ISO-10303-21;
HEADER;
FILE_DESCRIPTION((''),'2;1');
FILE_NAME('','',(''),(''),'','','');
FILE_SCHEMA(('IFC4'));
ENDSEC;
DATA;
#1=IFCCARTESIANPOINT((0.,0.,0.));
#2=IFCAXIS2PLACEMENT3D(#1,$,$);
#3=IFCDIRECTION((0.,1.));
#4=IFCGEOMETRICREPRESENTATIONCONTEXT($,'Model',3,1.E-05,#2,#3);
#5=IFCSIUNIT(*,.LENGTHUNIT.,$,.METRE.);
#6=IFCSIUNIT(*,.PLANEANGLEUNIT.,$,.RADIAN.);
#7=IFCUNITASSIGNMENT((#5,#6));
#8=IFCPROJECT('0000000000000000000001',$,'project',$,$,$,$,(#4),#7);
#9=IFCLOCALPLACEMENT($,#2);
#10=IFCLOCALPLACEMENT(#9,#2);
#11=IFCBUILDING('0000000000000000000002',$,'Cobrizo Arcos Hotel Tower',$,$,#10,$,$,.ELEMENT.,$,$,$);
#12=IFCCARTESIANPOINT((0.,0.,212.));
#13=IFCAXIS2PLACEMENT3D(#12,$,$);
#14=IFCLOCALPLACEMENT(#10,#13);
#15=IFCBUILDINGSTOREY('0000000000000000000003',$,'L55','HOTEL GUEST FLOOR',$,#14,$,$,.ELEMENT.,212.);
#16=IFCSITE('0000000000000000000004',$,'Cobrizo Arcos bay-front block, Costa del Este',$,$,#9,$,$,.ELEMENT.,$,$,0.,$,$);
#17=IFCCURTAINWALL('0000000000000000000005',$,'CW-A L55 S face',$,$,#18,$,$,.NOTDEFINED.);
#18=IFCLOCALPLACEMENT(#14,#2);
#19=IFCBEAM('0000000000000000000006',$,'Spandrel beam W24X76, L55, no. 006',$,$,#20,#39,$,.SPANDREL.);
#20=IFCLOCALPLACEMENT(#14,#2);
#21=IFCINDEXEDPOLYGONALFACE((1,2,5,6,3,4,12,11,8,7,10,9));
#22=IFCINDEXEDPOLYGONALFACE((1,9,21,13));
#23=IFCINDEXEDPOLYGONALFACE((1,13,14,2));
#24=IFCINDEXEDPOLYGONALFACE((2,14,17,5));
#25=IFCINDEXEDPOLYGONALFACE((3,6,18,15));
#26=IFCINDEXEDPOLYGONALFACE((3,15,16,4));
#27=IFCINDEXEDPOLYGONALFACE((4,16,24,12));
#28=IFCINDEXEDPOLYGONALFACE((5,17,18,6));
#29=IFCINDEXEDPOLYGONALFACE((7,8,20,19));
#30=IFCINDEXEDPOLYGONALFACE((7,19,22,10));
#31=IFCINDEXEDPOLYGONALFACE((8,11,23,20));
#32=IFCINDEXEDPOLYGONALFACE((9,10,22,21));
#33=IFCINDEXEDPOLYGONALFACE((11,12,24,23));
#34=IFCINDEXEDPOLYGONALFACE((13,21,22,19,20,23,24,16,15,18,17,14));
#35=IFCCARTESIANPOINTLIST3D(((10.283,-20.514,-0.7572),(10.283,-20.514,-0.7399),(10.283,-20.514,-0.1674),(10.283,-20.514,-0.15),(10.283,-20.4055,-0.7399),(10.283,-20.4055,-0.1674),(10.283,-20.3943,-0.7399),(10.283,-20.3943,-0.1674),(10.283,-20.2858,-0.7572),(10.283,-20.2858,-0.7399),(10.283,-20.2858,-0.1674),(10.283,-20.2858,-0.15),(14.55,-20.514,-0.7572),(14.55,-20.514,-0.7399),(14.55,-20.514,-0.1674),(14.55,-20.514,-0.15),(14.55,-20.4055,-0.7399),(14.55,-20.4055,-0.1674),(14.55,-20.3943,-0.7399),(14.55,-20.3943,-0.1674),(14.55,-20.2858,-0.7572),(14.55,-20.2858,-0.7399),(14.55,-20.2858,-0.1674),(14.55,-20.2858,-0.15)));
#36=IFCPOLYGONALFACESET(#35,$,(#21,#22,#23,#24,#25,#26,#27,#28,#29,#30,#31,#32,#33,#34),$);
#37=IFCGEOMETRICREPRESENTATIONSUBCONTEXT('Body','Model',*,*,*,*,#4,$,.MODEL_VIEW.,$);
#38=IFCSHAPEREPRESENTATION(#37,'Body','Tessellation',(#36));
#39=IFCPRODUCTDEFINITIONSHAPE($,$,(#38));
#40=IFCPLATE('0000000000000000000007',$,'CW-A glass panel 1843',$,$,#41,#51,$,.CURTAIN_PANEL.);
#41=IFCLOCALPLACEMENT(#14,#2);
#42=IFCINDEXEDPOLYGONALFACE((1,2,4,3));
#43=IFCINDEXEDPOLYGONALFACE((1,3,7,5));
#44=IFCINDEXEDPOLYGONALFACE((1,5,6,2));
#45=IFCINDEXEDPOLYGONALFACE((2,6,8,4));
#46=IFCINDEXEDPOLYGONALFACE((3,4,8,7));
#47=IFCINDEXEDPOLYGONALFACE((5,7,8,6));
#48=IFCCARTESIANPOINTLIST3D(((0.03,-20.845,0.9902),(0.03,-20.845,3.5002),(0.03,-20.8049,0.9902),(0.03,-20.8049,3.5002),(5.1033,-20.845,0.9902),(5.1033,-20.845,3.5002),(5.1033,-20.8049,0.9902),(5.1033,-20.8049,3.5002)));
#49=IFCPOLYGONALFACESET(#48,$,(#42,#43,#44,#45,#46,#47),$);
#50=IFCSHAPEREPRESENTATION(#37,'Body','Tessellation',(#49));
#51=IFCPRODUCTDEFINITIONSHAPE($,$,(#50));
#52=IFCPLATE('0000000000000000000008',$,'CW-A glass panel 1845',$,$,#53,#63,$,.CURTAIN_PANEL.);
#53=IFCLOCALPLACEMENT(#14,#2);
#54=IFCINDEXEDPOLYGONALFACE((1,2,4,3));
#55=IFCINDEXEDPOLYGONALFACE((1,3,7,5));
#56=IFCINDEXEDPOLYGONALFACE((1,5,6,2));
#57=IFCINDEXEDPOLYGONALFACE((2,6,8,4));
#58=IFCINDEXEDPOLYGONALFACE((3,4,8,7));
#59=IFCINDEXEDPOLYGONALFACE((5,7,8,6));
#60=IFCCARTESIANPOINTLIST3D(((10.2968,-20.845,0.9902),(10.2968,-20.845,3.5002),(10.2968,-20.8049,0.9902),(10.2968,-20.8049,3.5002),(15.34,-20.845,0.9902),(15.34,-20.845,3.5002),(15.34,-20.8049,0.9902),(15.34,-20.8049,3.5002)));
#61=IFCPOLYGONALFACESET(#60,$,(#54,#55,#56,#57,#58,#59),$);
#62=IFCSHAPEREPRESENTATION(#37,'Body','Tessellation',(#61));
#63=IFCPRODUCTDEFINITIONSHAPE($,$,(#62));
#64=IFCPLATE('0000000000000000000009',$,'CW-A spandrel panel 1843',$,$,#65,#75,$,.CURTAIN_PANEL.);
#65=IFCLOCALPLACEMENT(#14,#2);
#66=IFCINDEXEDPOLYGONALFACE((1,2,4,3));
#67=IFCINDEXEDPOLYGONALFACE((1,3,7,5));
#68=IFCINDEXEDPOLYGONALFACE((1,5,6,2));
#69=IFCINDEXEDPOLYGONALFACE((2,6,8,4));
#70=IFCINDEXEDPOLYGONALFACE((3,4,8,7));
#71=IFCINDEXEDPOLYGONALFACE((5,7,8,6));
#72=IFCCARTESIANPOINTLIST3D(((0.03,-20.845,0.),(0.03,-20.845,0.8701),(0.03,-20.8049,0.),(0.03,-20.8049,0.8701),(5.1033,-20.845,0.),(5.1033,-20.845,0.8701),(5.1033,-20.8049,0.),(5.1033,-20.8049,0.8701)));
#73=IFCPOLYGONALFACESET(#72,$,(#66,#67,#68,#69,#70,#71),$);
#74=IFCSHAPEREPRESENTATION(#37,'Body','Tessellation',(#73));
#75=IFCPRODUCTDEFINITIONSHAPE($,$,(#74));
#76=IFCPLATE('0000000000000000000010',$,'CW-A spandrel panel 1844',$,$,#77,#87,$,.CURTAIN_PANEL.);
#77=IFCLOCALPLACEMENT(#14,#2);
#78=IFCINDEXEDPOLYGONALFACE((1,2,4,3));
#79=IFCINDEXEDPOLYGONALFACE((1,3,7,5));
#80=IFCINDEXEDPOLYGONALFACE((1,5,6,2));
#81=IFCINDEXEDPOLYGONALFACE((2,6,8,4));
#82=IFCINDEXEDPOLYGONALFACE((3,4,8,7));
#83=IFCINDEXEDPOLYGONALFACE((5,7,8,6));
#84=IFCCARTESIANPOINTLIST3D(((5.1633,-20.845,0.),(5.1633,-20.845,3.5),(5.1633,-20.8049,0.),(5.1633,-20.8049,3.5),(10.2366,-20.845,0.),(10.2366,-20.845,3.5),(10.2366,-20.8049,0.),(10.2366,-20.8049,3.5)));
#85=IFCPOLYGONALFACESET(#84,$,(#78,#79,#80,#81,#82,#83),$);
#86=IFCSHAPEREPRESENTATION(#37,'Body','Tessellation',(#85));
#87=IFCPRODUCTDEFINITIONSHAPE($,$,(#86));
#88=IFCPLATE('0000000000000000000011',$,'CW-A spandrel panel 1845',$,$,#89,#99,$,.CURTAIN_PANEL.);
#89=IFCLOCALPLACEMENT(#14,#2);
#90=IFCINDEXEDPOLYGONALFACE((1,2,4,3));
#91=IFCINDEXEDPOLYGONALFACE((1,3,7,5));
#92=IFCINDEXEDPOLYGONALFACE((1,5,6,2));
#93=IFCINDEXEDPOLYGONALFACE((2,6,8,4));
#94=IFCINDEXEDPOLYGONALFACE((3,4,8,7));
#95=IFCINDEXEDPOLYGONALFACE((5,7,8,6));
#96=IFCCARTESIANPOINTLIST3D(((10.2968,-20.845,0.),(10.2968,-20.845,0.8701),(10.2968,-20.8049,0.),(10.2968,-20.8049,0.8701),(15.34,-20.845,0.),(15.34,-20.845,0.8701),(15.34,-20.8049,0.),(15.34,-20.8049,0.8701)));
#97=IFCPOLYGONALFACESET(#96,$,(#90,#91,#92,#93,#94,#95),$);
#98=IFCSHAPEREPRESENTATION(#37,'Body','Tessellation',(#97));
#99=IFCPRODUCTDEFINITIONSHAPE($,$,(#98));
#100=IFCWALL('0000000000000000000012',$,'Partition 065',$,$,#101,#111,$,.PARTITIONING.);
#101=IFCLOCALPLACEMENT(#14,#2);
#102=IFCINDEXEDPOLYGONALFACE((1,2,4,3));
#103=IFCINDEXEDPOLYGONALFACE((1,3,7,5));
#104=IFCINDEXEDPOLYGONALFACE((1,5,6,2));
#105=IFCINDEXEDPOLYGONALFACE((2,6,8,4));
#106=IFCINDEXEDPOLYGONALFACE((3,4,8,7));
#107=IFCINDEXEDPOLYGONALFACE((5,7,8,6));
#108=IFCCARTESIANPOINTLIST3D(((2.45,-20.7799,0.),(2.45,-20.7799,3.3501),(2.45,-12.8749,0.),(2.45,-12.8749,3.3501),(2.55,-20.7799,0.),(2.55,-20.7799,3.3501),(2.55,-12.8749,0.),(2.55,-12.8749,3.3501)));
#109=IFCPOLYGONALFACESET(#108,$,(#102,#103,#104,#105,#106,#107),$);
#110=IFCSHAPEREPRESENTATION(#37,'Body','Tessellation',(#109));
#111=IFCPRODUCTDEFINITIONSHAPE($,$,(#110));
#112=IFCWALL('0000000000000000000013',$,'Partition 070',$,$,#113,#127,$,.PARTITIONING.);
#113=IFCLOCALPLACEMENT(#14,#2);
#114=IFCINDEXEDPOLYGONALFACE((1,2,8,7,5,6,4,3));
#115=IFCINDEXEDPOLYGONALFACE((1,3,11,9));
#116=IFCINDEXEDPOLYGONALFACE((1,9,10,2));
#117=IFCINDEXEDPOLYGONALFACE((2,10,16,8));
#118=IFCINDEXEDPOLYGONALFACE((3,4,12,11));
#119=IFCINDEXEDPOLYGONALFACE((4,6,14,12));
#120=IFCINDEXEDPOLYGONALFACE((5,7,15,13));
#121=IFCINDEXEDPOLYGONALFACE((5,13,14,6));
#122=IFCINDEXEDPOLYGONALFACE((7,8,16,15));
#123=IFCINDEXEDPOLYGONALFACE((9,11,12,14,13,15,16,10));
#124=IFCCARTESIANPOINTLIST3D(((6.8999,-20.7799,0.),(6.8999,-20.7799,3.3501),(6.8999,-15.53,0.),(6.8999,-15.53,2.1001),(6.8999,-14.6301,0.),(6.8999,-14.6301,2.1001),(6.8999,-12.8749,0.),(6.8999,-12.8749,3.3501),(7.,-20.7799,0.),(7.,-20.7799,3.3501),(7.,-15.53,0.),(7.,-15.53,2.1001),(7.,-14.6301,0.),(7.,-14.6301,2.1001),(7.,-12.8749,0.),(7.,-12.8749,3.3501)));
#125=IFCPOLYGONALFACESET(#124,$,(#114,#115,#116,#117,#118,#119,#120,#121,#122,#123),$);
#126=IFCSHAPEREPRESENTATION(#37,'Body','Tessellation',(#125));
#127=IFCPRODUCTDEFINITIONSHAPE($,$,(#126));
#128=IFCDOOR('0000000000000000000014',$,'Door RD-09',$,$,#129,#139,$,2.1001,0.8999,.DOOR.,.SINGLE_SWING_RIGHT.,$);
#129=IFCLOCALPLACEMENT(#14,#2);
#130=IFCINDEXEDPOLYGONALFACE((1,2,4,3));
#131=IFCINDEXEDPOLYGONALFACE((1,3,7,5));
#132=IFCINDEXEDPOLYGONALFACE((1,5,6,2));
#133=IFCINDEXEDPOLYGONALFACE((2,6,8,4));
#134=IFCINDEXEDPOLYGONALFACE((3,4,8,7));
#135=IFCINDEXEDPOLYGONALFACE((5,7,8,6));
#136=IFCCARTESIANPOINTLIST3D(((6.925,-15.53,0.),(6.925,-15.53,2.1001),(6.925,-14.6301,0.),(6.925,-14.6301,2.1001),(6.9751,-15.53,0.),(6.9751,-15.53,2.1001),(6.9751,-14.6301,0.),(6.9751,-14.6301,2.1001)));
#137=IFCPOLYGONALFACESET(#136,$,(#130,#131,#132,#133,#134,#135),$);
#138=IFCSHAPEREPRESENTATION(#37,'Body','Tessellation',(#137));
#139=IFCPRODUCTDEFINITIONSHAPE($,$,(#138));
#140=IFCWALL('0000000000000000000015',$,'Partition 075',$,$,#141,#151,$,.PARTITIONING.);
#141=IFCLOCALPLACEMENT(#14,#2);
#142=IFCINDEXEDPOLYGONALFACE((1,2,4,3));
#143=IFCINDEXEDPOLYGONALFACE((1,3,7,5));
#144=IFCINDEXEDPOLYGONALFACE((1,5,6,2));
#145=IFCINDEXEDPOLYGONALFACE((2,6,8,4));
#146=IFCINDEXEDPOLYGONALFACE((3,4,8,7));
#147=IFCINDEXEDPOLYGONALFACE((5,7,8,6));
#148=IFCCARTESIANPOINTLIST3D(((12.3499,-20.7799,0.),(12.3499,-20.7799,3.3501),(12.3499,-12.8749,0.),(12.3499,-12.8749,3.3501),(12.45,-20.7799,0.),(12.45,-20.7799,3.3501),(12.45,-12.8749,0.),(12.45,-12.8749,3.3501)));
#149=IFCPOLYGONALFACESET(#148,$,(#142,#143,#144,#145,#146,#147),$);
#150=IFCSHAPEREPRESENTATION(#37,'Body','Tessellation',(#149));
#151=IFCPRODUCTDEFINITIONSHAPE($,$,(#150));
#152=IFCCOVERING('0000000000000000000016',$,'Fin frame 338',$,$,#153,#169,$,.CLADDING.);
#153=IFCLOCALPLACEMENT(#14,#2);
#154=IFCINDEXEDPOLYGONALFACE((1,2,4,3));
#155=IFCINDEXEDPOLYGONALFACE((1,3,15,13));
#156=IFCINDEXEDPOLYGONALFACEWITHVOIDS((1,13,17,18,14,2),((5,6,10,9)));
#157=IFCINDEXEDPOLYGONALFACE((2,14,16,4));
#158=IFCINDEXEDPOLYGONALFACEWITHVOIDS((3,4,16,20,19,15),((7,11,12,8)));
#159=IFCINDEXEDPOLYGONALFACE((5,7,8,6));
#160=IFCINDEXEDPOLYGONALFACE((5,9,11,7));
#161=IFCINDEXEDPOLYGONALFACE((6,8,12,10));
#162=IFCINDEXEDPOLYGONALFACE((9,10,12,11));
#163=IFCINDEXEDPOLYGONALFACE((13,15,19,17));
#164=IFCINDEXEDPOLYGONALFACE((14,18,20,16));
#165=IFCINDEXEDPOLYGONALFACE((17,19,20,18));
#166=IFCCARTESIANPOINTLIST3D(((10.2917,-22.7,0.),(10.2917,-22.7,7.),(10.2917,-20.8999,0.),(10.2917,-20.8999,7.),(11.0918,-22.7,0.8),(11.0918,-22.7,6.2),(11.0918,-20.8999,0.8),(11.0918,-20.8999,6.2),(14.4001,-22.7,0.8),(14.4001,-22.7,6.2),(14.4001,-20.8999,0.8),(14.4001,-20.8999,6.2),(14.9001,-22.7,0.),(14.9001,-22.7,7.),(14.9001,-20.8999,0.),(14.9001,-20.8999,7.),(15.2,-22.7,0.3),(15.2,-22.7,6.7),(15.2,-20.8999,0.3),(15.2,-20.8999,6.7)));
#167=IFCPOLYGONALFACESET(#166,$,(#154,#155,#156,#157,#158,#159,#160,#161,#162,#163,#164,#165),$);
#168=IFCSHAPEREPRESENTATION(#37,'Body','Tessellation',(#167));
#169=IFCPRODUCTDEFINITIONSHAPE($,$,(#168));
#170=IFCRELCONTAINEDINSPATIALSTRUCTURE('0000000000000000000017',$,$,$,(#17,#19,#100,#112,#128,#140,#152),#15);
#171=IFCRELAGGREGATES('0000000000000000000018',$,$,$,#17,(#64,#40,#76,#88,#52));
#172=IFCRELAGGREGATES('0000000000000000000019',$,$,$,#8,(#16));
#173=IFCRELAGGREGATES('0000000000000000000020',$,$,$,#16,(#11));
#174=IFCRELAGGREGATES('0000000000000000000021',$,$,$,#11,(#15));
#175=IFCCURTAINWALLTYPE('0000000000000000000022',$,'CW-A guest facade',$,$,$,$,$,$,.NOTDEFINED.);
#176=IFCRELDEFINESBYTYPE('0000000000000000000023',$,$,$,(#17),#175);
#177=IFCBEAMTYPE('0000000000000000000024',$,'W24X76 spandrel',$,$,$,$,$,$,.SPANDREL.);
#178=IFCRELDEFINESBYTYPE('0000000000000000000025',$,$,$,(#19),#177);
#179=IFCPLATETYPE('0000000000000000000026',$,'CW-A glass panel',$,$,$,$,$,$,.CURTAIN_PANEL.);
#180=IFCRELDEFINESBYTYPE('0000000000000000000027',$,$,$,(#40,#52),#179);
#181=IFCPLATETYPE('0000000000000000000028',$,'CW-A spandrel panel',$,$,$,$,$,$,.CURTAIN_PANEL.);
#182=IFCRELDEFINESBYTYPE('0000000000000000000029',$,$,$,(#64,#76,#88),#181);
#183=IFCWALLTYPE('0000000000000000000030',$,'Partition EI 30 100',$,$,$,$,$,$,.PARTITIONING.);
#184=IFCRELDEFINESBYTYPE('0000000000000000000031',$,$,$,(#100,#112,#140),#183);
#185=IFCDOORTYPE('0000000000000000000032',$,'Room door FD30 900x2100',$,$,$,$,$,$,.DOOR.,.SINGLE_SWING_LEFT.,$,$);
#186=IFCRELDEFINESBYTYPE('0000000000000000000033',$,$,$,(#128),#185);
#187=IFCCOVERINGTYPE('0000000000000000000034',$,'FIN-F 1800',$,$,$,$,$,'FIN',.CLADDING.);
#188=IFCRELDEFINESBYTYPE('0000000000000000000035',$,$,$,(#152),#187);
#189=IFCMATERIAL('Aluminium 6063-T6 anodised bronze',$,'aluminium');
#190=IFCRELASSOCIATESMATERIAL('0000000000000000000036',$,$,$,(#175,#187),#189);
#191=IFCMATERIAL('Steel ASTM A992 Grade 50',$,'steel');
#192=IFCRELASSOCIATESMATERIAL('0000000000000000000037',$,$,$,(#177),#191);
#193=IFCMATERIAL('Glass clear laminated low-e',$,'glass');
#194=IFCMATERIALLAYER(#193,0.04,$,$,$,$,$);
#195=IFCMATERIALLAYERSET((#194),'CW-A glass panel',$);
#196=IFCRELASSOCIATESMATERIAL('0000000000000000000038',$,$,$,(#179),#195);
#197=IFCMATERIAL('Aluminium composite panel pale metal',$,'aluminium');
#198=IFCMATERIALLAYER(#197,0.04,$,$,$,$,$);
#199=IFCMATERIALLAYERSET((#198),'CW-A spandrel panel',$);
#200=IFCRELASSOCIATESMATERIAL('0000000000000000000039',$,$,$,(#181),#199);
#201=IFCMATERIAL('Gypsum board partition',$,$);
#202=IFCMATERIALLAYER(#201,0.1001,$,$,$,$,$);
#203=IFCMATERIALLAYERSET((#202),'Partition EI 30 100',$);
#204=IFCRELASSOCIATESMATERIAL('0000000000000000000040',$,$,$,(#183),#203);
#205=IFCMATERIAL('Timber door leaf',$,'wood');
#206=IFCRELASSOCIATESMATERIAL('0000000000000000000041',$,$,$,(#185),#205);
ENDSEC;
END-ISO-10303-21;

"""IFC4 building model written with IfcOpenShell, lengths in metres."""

from ifc_helpers import new_model, si_unit, direction, frame, frame_2d, origin, origin_2d, place, context, subcontext, project, spatial, polyline, rectangle, i_section, outline, extrude, material, layer, layer_set, material_profile, profile_set, type_object, element, fill, aggregate, save


model = new_model("IFC4")

# Units and contexts
model_context = context("Model", 3, precision=1e-05, world=origin(), true_north=direction((0.0, 1.0)))
body_context = subcontext(model_context, "Body", "Model", "MODEL_VIEW")
ifc_project = project(units=[si_unit("LENGTHUNIT", "METRE"), si_unit("PLANEANGLEUNIT", "RADIAN")], contexts=[model_context])

# Site, building, storey
site_placement = place(None, origin())
site = spatial("IfcSite", under=ifc_project, at=site_placement, Name="Cobrizo Arcos bay-front block, Costa del Este", CompositionType="ELEMENT", RefElevation=0.0)
building_placement = place(site_placement, origin())
building = spatial("IfcBuilding", under=site, at=building_placement, Name="Cobrizo Arcos Hotel Tower", CompositionType="ELEMENT")
storey_placement = place(building_placement, frame((0.0, 0.0, 212.0)))
storey = spatial("IfcBuildingStorey", under=building, at=storey_placement, Name="L55", Description="HOTEL GUEST FLOOR", CompositionType="ELEMENT", Elevation=212.0)

# Curtain wall
ifc_material_1 = material(Name="Aluminium 6063-T6 anodised bronze", Category="aluminium")
curtain_wall_type = type_object("IfcCurtainWallType", Name="CW-A guest facade", PredefinedType="NOTDEFINED", material=ifc_material_1)
curtain_wall_placement = place(storey_placement, origin())
curtain_wall = element("IfcCurtainWall", 1, at=curtain_wall_placement, inside=storey, type_object=curtain_wall_type, Name="CW-A L55 S face", PredefinedType="NOTDEFINED")

# Beam
ifc_material_2 = material(Name="Steel ASTM A992 Grade 50", Category="steel")
ifc_material_profile_1 = material_profile(ifc_material_2, i_section(OverallWidth=0.2283, OverallDepth=0.6072, WebThickness=0.0112, FlangeThickness=0.0173, at=origin_2d()), Name="W24X76")
ifc_profile_set_1 = profile_set([ifc_material_profile_1], Name="Steel ASTM A992 Grade 50")
beam_type_1 = type_object("IfcBeamType", Name="W24X76 spandrel", PredefinedType="SPANDREL", material=ifc_profile_set_1)
beam_1_placement = place(storey_placement, frame((10.283, -20.3999, -0.4536), z_axis=(1.0, 0.0, 0.0), x_axis=(0.0, 1.0, 0.0)))
element("IfcBeam", 2, at=beam_1_placement, inside=storey, type_object=beam_type_1, Name="Spandrel beam W24X76, L55, no. 006", PredefinedType="SPANDREL", context=body_context, shape_type="SweptSolid", body=[
    extrude(i_section(OverallWidth=0.2283, OverallDepth=0.6072, WebThickness=0.0112, FlangeThickness=0.0173, at=origin_2d()), origin(), (0.0, 0.0, 1.0), 4.2671),
])

# Plates
ifc_material_3 = material(Name="Glass clear laminated low-e", Category="glass")
ifc_layer_1 = layer(ifc_material_3, 0.04)
ifc_layer_set_1 = layer_set([ifc_layer_1], Name="CW-A glass panel")
plate_type_1 = type_object("IfcPlateType", Name="CW-A glass panel", PredefinedType="CURTAIN_PANEL", material=ifc_layer_set_1)
plate_1_placement = place(storey_placement, frame((2.5667, -20.825, 0.9902), z_axis=(0.0, 0.0, 1.0), x_axis=(1.0, 0.0, 0.0)))
plate_1 = element("IfcPlate", 3, at=plate_1_placement, type_object=plate_type_1, Name="CW-A glass panel 1843", PredefinedType="CURTAIN_PANEL", context=body_context, shape_type="SweptSolid", body=[
    extrude(rectangle(XDim=5.0732, YDim=0.04, at=origin_2d()), origin(), (0.0, 0.0, 1.0), 2.51),
])
plate_2_placement = place(storey_placement, frame((12.8184, -20.825, 0.9902), z_axis=(0.0, 0.0, 1.0), x_axis=(1.0, 0.0, 0.0)))
plate_2 = element("IfcPlate", 4, at=plate_2_placement, type_object=plate_type_1, Name="CW-A glass panel 1845", PredefinedType="CURTAIN_PANEL", context=body_context, shape_type="SweptSolid", body=[
    extrude(rectangle(XDim=5.0432, YDim=0.04, at=origin_2d()), origin(), (0.0, 0.0, 1.0), 2.51),
])
ifc_material_4 = material(Name="Aluminium composite panel pale metal", Category="aluminium")
ifc_layer_2 = layer(ifc_material_4, 0.04)
ifc_layer_set_2 = layer_set([ifc_layer_2], Name="CW-A spandrel panel")
plate_type_2 = type_object("IfcPlateType", Name="CW-A spandrel panel", PredefinedType="CURTAIN_PANEL", material=ifc_layer_set_2)
plate_3_placement = place(storey_placement, frame((2.5667, -20.825, 0.0), z_axis=(0.0, 0.0, 1.0), x_axis=(1.0, 0.0, 0.0)))
plate_3 = element("IfcPlate", 5, at=plate_3_placement, type_object=plate_type_2, Name="CW-A spandrel panel 1843", PredefinedType="CURTAIN_PANEL", context=body_context, shape_type="SweptSolid", body=[
    extrude(rectangle(XDim=5.0732, YDim=0.04, at=origin_2d()), origin(), (0.0, 0.0, 1.0), 0.8701),
])
plate_4_placement = place(storey_placement, frame((7.7, -20.825, 0.0), z_axis=(0.0, 0.0, 1.0), x_axis=(1.0, 0.0, 0.0)))
plate_4 = element("IfcPlate", 6, at=plate_4_placement, type_object=plate_type_2, Name="CW-A spandrel panel 1844", PredefinedType="CURTAIN_PANEL", context=body_context, shape_type="SweptSolid", body=[
    extrude(rectangle(XDim=5.0732, YDim=0.04, at=origin_2d()), origin(), (0.0, 0.0, 1.0), 3.5),
])
plate_5_placement = place(storey_placement, frame((12.8184, -20.825, 0.0), z_axis=(0.0, 0.0, 1.0), x_axis=(1.0, 0.0, 0.0)))
plate_5 = element("IfcPlate", 7, at=plate_5_placement, type_object=plate_type_2, Name="CW-A spandrel panel 1845", PredefinedType="CURTAIN_PANEL", context=body_context, shape_type="SweptSolid", body=[
    extrude(rectangle(XDim=5.0432, YDim=0.04, at=origin_2d()), origin(), (0.0, 0.0, 1.0), 0.8701),
])
aggregate(curtain_wall, [plate_3, plate_1, plate_4, plate_5, plate_2])

# Wall
ifc_material_5 = material(Name="Gypsum board partition")
ifc_layer_3 = layer(ifc_material_5, 0.1001)
ifc_layer_set_3 = layer_set([ifc_layer_3], Name="Partition EI 30 100")
wall_type = type_object("IfcWallType", Name="Partition EI 30 100", PredefinedType="PARTITIONING", material=ifc_layer_set_3)
wall_1_placement = place(storey_placement, frame((2.5, -20.78, 0.0), z_axis=(0.0, 0.0, 1.0), x_axis=(0.0, 1.0, 0.0)))
element("IfcWall", 8, at=wall_1_placement, inside=storey, type_object=wall_type, Name="Partition 065", PredefinedType="PARTITIONING", context=body_context, shape_type="SweptSolid", body=[
    extrude(rectangle(XDim=7.905, YDim=0.1001, at=frame_2d((3.9526, 0.0))), origin(), (0.0, 0.0, 1.0), 3.3501),
])

# Wall, opening, door
wall_2_placement = place(storey_placement, frame((6.95, -20.78, 0.0), z_axis=(0.0, 0.0, 1.0), x_axis=(0.0, 1.0, 0.0)))
wall_2 = element("IfcWall", 9, at=wall_2_placement, inside=storey, type_object=wall_type, Name="Partition 070", PredefinedType="PARTITIONING", context=body_context, shape_type="SweptSolid", body=[
    extrude(rectangle(XDim=7.905, YDim=0.1001, at=frame_2d((3.9526, 0.0))), origin(), (0.0, 0.0, 1.0), 3.3501),
])
opening_placement = place(wall_2_placement, frame((5.25, 0.0, 0.0)))
opening = element("IfcOpeningElement", 10, at=opening_placement, cuts=wall_2, PredefinedType="OPENING", context=body_context, shape_type="SweptSolid", body=[
    extrude(rectangle(XDim=0.8999, YDim=2.1001, at=frame_2d((0.45, 1.05))), frame((0.0, 0.062, 0.0), z_axis=(0.0, -1.0, 0.0), x_axis=(1.0, 0.0, 0.0)), (0.0, 0.0, 1.0), 0.124),
])
ifc_material_6 = material(Name="Timber door leaf", Category="wood")
door_type = type_object("IfcDoorType", Name="Room door FD30 900x2100", OperationType="SINGLE_SWING_LEFT", PredefinedType="DOOR", material=ifc_material_6)
door_placement = place(opening_placement, origin())
door = element("IfcDoor", 11, at=door_placement, inside=storey, type_object=door_type, Name="Door RD-09", OperationType="SINGLE_SWING_RIGHT", OverallHeight=2.1001, OverallWidth=0.8999, PredefinedType="DOOR", context=body_context, shape_type="SweptSolid", body=[
    extrude(rectangle(XDim=0.8999, YDim=2.1001, at=frame_2d((0.45, 1.05))), frame((0.0, 0.0249, 0.0), z_axis=(0.0, -1.0, 0.0), x_axis=(1.0, 0.0, 0.0)), (0.0, 0.0, 1.0), 0.05),
])
fill(opening, door)

# Wall
wall_3_placement = place(storey_placement, frame((12.3999, -20.78, 0.0), z_axis=(0.0, 0.0, 1.0), x_axis=(0.0, 1.0, 0.0)))
element("IfcWall", 12, at=wall_3_placement, inside=storey, type_object=wall_type, Name="Partition 075", PredefinedType="PARTITIONING", context=body_context, shape_type="SweptSolid", body=[
    extrude(rectangle(XDim=7.905, YDim=0.1001, at=frame_2d((3.9526, 0.0))), origin(), (0.0, 0.0, 1.0), 3.3501),
])

# Covering
covering_type_1 = type_object("IfcCoveringType", Name="FIN-F 1800", ElementType="FIN", PredefinedType="CLADDING", material=ifc_material_1)
covering_1_placement = place(storey_placement, frame((10.2917, -20.8999, 0.0), z_axis=(0.0, -1.0, 0.0), x_axis=(1.0, 0.0, 0.0)))
element("IfcCovering", 13, at=covering_1_placement, inside=storey, type_object=covering_type_1, Name="Fin frame 338", PredefinedType="CLADDING", context=body_context, shape_type="SweptSolid", body=[
    extrude(outline(polyline([(0.0, 7.0), (0.0, 0.0), (4.6084, 0.0), (4.9082, 0.3), (4.9082, 6.7), (4.6084, 7.0), (0.0, 7.0)]), holes=[polyline([(4.1084, 0.8), (0.8, 0.8), (0.8, 6.2), (4.1084, 6.2), (4.1084, 0.8)])]), origin(), (0.0, 0.0, 1.0), 1.8),
])

save(model, "model.ifc")
